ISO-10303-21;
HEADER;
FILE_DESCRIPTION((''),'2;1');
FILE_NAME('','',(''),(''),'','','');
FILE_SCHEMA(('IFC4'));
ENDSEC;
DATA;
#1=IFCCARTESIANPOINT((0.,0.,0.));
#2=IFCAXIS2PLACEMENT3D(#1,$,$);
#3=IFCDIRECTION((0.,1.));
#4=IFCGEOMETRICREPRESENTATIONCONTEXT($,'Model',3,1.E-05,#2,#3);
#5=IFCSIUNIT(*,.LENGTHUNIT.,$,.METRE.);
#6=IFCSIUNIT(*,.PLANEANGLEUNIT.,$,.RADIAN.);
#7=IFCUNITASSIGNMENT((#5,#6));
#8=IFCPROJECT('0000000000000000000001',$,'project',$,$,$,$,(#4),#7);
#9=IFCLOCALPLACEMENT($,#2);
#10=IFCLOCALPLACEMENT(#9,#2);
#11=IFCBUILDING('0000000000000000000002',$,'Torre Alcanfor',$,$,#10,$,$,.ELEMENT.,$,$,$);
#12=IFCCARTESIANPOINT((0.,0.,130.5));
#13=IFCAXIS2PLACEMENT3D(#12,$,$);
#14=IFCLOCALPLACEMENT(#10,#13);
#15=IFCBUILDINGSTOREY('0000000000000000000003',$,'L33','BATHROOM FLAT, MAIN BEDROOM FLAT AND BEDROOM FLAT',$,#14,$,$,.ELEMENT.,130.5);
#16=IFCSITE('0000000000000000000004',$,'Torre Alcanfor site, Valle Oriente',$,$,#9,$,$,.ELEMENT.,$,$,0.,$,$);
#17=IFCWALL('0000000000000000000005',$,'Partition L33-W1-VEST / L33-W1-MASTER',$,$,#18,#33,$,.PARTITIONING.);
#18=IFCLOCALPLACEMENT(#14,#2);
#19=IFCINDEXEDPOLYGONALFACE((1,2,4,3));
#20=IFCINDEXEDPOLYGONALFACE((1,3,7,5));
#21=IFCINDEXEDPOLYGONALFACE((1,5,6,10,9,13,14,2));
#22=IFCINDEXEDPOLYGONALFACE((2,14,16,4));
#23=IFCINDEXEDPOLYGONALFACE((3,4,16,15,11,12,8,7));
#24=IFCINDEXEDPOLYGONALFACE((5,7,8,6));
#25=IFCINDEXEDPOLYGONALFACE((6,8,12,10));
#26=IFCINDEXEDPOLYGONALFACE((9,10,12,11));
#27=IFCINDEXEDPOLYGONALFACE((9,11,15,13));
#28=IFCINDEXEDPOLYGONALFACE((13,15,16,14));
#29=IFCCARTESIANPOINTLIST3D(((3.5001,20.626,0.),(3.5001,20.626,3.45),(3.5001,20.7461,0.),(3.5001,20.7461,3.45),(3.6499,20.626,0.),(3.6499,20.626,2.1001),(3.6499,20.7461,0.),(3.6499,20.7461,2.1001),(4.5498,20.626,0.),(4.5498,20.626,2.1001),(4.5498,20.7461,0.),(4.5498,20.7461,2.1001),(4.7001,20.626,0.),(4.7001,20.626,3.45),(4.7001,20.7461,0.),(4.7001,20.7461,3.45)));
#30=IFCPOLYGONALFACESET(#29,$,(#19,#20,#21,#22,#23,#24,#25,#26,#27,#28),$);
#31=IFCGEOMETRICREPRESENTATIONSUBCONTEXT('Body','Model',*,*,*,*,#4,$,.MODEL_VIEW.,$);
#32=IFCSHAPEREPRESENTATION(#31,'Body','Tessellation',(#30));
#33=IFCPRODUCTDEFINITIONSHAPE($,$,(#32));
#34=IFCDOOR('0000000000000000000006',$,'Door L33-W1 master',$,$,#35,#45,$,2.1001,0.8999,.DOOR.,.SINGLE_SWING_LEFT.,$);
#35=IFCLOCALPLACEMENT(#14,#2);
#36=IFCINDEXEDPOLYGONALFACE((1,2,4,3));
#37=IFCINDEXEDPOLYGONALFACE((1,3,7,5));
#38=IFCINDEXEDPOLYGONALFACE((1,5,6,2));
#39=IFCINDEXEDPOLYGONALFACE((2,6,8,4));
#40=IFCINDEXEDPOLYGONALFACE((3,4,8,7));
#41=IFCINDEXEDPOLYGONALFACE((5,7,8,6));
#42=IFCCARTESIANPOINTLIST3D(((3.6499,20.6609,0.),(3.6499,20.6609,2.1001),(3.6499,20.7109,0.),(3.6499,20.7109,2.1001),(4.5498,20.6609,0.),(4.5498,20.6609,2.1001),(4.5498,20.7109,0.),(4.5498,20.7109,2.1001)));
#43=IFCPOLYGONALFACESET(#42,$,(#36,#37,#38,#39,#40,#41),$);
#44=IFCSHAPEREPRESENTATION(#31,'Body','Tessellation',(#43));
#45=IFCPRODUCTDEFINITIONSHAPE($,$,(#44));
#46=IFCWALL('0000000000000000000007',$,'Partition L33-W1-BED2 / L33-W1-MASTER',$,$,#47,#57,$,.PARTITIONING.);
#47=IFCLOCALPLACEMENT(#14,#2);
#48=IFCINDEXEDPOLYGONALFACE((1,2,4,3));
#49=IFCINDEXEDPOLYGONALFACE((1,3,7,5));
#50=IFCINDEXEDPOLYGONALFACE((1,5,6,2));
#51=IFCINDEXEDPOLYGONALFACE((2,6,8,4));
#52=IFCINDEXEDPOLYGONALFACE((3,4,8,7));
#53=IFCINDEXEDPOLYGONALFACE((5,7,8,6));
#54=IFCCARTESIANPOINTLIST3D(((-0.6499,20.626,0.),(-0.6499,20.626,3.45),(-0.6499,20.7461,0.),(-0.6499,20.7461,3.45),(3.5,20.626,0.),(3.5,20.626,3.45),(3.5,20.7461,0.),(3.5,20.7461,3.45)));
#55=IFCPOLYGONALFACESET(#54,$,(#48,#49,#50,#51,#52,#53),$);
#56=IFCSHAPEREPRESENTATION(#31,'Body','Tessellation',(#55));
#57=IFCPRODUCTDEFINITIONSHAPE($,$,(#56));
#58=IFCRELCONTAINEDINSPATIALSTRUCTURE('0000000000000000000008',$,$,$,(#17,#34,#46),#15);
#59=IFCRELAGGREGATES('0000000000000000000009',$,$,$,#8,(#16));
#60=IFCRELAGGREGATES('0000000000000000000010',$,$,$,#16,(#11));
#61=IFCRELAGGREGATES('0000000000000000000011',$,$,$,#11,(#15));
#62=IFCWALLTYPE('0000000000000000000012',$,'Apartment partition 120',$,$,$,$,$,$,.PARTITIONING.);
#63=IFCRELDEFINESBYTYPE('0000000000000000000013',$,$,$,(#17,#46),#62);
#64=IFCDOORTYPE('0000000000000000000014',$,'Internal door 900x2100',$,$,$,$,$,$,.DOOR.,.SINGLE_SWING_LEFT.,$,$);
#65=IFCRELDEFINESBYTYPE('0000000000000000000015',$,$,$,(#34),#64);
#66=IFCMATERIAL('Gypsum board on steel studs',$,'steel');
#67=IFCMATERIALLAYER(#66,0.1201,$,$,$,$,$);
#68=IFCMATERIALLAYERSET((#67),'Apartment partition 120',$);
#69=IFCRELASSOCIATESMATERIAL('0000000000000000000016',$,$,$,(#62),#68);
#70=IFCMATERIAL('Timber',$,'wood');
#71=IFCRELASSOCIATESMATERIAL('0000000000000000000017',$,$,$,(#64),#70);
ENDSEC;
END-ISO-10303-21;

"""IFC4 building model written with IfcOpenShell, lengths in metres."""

from ifc_helpers import new_model, si_unit, direction, frame, frame_2d, origin, place, context, subcontext, project, spatial, rectangle, extrude, material, layer, layer_set, type_object, element, fill, save


model = new_model("IFC4")

# Units and contexts
model_context = context("Model", 3, precision=1e-05, world=origin(), true_north=direction((0.0, 1.0)))
body_context = subcontext(model_context, "Body", "Model", "MODEL_VIEW")
ifc_project = project(units=[si_unit("LENGTHUNIT", "METRE"), si_unit("PLANEANGLEUNIT", "RADIAN")], contexts=[model_context])

# Site, building, storey
site_placement = place(None, origin())
site = spatial("IfcSite", under=ifc_project, at=site_placement, Name="Torre Alcanfor site, Valle Oriente", CompositionType="ELEMENT", RefElevation=0.0)
building_placement = place(site_placement, origin())
building = spatial("IfcBuilding", under=site, at=building_placement, Name="Torre Alcanfor", CompositionType="ELEMENT")
storey_placement = place(building_placement, frame((0.0, 0.0, 130.5)))
storey = spatial("IfcBuildingStorey", under=building, at=storey_placement, Name="L33", Description="BATHROOM FLAT, MAIN BEDROOM FLAT AND BEDROOM FLAT", CompositionType="ELEMENT", Elevation=130.5)

# Shared definitions
ifc_material_1 = material(Name="Gypsum board on steel studs", Category="steel")
ifc_layer_1 = layer(ifc_material_1, 0.1201)
ifc_layer_set_1 = layer_set([ifc_layer_1], Name="Apartment partition 120")
wall_type = type_object("IfcWallType", Name="Apartment partition 120", PredefinedType="PARTITIONING", material=ifc_layer_set_1)

# Wall, opening, door
ifc_material_2 = material(Name="Timber", Category="wood")
door_type = type_object("IfcDoorType", Name="Internal door 900x2100", OperationType="SINGLE_SWING_LEFT", PredefinedType="DOOR", material=ifc_material_2)
wall_1_placement = place(storey_placement, frame((3.5, 20.686, 0.0), z_axis=(0.0, 0.0, 1.0), x_axis=(1.0, 0.0, 0.0)))
wall_1 = element("IfcWall", 1, at=wall_1_placement, inside=storey, type_object=wall_type, Name="Partition L33-W1-VEST / L33-W1-MASTER", PredefinedType="PARTITIONING", context=body_context, shape_type="SweptSolid", body=[
    extrude(rectangle(XDim=1.2, YDim=0.1201, at=frame_2d((0.6001, 0.0))), origin(), (0.0, 0.0, 1.0), 3.45),
])
opening_1_placement = place(wall_1_placement, frame((0.1499, 0.0, 0.0)))
opening_1 = element("IfcOpeningElement", 2, at=opening_1_placement, cuts=wall_1, PredefinedType="OPENING", context=body_context, shape_type="SweptSolid", body=[
    extrude(rectangle(XDim=0.8999, YDim=2.1001, at=frame_2d((0.45, 1.05))), frame((0.0, 0.0701, 0.0), z_axis=(0.0, -1.0, 0.0), x_axis=(1.0, 0.0, 0.0)), (0.0, 0.0, 1.0), 0.1401),
])
door_1_placement = place(opening_1_placement, origin())
door_1 = element("IfcDoor", 3, at=door_1_placement, inside=storey, type_object=door_type, Name="Door L33-W1 master", OperationType="SINGLE_SWING_LEFT", OverallHeight=2.1001, OverallWidth=0.8999, PredefinedType="DOOR", context=body_context, shape_type="SweptSolid", body=[
    extrude(rectangle(XDim=0.8999, YDim=2.1001, at=frame_2d((0.45, 1.05))), frame((0.0, 0.0249, 0.0), z_axis=(0.0, -1.0, 0.0), x_axis=(1.0, 0.0, 0.0)), (0.0, 0.0, 1.0), 0.05),
])
fill(opening_1, door_1)

# Wall
wall_2_placement = place(storey_placement, frame((-0.6499, 20.686, 0.0), z_axis=(0.0, 0.0, 1.0), x_axis=(1.0, 0.0, 0.0)))
element("IfcWall", 4, at=wall_2_placement, inside=storey, type_object=wall_type, Name="Partition L33-W1-BED2 / L33-W1-MASTER", PredefinedType="PARTITIONING", context=body_context, shape_type="SweptSolid", body=[
    extrude(rectangle(XDim=4.1499, YDim=0.1201, at=frame_2d((2.075, 0.0))), origin(), (0.0, 0.0, 1.0), 3.45),
])

save(model, "model.ifc")
